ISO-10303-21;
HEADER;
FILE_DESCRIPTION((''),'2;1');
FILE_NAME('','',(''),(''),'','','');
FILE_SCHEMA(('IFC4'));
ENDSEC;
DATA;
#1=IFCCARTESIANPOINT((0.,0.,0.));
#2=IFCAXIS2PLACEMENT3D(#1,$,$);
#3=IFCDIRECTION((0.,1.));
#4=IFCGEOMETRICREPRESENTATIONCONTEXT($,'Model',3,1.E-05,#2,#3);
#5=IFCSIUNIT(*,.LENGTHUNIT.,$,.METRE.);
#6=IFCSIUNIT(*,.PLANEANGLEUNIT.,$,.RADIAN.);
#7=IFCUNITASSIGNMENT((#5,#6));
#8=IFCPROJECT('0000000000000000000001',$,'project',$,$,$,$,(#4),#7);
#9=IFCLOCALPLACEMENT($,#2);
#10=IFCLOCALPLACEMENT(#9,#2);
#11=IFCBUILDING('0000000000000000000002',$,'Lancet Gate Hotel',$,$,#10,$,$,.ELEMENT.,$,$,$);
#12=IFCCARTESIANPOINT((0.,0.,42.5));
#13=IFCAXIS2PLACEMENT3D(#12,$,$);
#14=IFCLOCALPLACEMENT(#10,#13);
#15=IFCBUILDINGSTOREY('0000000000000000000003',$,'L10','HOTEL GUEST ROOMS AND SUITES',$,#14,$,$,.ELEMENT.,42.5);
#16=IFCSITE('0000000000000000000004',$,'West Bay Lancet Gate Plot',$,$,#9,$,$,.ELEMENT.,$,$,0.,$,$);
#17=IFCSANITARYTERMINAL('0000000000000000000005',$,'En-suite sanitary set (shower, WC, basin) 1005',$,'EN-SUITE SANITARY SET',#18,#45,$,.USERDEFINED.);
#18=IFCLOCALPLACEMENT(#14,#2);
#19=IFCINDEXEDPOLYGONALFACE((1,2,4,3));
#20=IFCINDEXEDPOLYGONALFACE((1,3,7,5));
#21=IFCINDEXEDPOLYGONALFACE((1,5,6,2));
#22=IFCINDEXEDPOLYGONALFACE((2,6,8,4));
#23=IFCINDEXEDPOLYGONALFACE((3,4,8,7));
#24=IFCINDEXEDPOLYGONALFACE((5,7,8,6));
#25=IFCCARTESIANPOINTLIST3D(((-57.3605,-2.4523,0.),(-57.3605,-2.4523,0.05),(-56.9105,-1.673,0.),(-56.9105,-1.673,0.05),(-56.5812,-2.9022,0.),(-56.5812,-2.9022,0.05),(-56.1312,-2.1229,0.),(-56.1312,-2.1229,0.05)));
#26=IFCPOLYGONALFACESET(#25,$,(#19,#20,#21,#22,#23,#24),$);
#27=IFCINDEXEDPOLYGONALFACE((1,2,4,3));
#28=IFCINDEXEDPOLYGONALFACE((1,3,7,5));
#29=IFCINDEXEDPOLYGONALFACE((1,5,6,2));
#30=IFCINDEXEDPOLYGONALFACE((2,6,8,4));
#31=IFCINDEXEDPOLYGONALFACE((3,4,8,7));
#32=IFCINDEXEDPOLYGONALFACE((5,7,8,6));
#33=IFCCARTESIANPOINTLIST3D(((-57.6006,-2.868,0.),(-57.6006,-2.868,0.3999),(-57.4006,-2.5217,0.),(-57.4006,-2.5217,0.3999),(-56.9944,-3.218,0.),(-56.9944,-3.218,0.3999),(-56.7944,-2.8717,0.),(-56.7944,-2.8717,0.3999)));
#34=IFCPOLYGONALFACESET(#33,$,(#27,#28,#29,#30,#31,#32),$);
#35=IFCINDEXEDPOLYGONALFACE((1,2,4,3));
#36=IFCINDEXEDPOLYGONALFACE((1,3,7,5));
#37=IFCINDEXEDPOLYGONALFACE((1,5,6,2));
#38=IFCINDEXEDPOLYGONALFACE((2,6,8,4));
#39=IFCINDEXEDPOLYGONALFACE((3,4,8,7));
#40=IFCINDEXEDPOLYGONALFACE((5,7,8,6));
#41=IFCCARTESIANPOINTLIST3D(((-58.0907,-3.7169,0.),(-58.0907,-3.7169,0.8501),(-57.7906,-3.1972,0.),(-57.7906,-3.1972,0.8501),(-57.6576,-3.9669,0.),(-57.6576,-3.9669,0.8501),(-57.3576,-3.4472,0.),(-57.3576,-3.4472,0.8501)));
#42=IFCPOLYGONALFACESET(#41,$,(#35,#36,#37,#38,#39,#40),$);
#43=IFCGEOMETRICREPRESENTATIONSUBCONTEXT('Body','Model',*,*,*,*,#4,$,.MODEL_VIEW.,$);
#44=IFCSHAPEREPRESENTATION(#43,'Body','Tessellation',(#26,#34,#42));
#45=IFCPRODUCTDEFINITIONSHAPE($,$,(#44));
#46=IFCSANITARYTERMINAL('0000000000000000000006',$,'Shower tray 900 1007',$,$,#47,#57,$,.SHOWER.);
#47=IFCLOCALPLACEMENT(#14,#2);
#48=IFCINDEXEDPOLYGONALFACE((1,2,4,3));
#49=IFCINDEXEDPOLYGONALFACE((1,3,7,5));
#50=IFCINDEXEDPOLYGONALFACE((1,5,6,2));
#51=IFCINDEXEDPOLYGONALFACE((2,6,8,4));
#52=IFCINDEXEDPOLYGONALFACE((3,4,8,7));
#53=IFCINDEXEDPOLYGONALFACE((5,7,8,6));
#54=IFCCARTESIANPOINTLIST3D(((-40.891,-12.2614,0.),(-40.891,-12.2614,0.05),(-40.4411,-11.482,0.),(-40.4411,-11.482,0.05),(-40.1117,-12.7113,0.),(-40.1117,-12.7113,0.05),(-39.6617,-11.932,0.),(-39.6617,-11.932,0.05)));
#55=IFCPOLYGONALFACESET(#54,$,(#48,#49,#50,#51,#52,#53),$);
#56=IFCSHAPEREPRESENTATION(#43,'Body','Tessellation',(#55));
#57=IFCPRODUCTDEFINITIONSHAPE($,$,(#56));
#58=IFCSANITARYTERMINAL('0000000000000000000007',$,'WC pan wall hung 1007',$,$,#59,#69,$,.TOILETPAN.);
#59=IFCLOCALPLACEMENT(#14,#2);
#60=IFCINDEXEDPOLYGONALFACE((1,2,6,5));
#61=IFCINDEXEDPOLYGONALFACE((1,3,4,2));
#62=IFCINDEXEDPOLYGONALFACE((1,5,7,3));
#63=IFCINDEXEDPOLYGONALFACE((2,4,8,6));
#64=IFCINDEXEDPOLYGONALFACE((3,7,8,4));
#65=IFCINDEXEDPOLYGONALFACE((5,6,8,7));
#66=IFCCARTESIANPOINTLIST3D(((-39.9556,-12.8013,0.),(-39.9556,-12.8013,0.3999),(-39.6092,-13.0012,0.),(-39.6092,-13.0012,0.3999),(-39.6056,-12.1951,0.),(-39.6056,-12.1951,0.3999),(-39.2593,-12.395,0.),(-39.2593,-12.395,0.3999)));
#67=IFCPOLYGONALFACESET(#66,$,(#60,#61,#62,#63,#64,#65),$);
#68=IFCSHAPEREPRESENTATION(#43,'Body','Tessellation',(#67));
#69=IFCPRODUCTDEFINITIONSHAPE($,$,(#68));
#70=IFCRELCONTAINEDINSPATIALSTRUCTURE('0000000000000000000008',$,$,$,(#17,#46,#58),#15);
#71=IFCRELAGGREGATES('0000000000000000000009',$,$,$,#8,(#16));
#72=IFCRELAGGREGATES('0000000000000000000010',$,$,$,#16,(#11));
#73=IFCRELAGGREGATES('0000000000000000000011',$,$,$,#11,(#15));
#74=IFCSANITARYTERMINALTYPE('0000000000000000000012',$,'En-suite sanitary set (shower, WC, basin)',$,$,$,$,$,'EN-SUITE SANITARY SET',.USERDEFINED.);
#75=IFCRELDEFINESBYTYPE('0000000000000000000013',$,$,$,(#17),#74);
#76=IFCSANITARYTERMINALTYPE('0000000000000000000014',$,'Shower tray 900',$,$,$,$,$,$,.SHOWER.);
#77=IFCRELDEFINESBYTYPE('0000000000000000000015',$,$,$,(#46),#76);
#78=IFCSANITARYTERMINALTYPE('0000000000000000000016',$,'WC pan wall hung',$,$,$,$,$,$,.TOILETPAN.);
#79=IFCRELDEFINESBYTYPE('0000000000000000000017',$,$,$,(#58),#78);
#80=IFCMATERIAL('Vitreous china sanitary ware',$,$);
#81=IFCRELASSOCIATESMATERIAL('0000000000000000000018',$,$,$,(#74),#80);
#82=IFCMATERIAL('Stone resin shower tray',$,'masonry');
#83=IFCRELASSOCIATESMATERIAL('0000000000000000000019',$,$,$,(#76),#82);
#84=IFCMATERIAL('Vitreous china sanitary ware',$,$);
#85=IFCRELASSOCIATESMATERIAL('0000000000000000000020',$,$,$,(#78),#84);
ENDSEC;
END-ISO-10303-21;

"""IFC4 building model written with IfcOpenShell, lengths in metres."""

from ifc_helpers import new_model, si_unit, direction, frame, origin, origin_2d, place, context, subcontext, project, spatial, rectangle, extrude, material, type_object, element, save


model = new_model("IFC4")

# Units and contexts
model_context = context("Model", 3, precision=1e-05, world=origin(), true_north=direction((0.0, 1.0)))
body_context = subcontext(model_context, "Body", "Model", "MODEL_VIEW")
ifc_project = project(units=[si_unit("LENGTHUNIT", "METRE"), si_unit("PLANEANGLEUNIT", "RADIAN")], contexts=[model_context])

# Site, building, storey
site_placement = place(None, origin())
site = spatial("IfcSite", under=ifc_project, at=site_placement, Name="West Bay Lancet Gate Plot", CompositionType="ELEMENT", RefElevation=0.0)
building_placement = place(site_placement, origin())
building = spatial("IfcBuilding", under=site, at=building_placement, Name="Lancet Gate Hotel", CompositionType="ELEMENT")
storey_placement = place(building_placement, frame((0.0, 0.0, 42.5)))
storey = spatial("IfcBuildingStorey", under=building, at=storey_placement, Name="L10", Description="HOTEL GUEST ROOMS AND SUITES", CompositionType="ELEMENT", Elevation=42.5)

# Sanitary terminals
ifc_material_1 = material(Name="Vitreous china sanitary ware")
sanitary_terminal_type_1 = type_object("IfcSanitaryTerminalType", Name="En-suite sanitary set (shower, WC, basin)", ElementType="EN-SUITE SANITARY SET", PredefinedType="USERDEFINED", material=ifc_material_1)
sanitary_terminal_1_placement = place(storey_placement, frame((-56.7458, -2.2876, 0.0), z_axis=(0.0, 0.0, 1.0), x_axis=(1.0, 0.0, 0.0)))
element("IfcSanitaryTerminal", 1, at=sanitary_terminal_1_placement, inside=storey, type_object=sanitary_terminal_type_1, Name="En-suite sanitary set (shower, WC, basin) 1005", ObjectType="EN-SUITE SANITARY SET", PredefinedType="USERDEFINED", context=body_context, shape_type="SweptSolid", body=[
    extrude(rectangle(XDim=0.8999, YDim=0.8999, at=origin_2d()), frame((0.0, 0.0, 0.0), z_axis=(0.0, 0.0, 1.0), x_axis=(0.5, 0.866025, 0.0)), (0.0, 0.0, 1.0), 0.05),
    extrude(rectangle(XDim=0.3999, YDim=0.7, at=origin_2d()), frame((-0.4517, -0.5823, 0.0), z_axis=(0.0, 0.0, 1.0), x_axis=(0.5, 0.866025, 0.0)), (0.0, 0.0, 1.0), 0.3999),
    extrude(rectangle(XDim=0.6001, YDim=0.5, at=origin_2d()), frame((-0.9783, -1.2944, 0.0), z_axis=(0.0, 0.0, 1.0), x_axis=(0.5, 0.866025, 0.0)), (0.0, 0.0, 1.0), 0.8501),
])
ifc_material_2 = material(Name="Stone resin shower tray", Category="masonry")
sanitary_terminal_type_2 = type_object("IfcSanitaryTerminalType", Name="Shower tray 900", PredefinedType="SHOWER", material=ifc_material_2)
sanitary_terminal_2_placement = place(storey_placement, frame((-40.2764, -12.0967, 0.0), z_axis=(0.0, 0.0, 1.0), x_axis=(-0.866025, 0.5, 0.0)))
element("IfcSanitaryTerminal", 2, at=sanitary_terminal_2_placement, inside=storey, type_object=sanitary_terminal_type_2, Name="Shower tray 900 1007", PredefinedType="SHOWER", context=body_context, shape_type="SweptSolid", body=[
    extrude(rectangle(XDim=0.8999, YDim=0.8999, at=origin_2d()), origin(), (0.0, 0.0, 1.0), 0.05),
])
ifc_material_3 = material(Name="Vitreous china sanitary ware")
sanitary_terminal_type_3 = type_object("IfcSanitaryTerminalType", Name="WC pan wall hung", PredefinedType="TOILETPAN", material=ifc_material_3)
sanitary_terminal_3_placement = place(storey_placement, frame((-39.6074, -12.5981, 0.0), z_axis=(0.0, 0.0, 1.0), x_axis=(-0.866025, 0.5, 0.0)))
element("IfcSanitaryTerminal", 3, at=sanitary_terminal_3_placement, inside=storey, type_object=sanitary_terminal_type_3, Name="WC pan wall hung 1007", PredefinedType="TOILETPAN", context=body_context, shape_type="SweptSolid", body=[
    extrude(rectangle(XDim=0.3999, YDim=0.7, at=origin_2d()), origin(), (0.0, 0.0, 1.0), 0.3999),
])

save(model, "model.ifc")
